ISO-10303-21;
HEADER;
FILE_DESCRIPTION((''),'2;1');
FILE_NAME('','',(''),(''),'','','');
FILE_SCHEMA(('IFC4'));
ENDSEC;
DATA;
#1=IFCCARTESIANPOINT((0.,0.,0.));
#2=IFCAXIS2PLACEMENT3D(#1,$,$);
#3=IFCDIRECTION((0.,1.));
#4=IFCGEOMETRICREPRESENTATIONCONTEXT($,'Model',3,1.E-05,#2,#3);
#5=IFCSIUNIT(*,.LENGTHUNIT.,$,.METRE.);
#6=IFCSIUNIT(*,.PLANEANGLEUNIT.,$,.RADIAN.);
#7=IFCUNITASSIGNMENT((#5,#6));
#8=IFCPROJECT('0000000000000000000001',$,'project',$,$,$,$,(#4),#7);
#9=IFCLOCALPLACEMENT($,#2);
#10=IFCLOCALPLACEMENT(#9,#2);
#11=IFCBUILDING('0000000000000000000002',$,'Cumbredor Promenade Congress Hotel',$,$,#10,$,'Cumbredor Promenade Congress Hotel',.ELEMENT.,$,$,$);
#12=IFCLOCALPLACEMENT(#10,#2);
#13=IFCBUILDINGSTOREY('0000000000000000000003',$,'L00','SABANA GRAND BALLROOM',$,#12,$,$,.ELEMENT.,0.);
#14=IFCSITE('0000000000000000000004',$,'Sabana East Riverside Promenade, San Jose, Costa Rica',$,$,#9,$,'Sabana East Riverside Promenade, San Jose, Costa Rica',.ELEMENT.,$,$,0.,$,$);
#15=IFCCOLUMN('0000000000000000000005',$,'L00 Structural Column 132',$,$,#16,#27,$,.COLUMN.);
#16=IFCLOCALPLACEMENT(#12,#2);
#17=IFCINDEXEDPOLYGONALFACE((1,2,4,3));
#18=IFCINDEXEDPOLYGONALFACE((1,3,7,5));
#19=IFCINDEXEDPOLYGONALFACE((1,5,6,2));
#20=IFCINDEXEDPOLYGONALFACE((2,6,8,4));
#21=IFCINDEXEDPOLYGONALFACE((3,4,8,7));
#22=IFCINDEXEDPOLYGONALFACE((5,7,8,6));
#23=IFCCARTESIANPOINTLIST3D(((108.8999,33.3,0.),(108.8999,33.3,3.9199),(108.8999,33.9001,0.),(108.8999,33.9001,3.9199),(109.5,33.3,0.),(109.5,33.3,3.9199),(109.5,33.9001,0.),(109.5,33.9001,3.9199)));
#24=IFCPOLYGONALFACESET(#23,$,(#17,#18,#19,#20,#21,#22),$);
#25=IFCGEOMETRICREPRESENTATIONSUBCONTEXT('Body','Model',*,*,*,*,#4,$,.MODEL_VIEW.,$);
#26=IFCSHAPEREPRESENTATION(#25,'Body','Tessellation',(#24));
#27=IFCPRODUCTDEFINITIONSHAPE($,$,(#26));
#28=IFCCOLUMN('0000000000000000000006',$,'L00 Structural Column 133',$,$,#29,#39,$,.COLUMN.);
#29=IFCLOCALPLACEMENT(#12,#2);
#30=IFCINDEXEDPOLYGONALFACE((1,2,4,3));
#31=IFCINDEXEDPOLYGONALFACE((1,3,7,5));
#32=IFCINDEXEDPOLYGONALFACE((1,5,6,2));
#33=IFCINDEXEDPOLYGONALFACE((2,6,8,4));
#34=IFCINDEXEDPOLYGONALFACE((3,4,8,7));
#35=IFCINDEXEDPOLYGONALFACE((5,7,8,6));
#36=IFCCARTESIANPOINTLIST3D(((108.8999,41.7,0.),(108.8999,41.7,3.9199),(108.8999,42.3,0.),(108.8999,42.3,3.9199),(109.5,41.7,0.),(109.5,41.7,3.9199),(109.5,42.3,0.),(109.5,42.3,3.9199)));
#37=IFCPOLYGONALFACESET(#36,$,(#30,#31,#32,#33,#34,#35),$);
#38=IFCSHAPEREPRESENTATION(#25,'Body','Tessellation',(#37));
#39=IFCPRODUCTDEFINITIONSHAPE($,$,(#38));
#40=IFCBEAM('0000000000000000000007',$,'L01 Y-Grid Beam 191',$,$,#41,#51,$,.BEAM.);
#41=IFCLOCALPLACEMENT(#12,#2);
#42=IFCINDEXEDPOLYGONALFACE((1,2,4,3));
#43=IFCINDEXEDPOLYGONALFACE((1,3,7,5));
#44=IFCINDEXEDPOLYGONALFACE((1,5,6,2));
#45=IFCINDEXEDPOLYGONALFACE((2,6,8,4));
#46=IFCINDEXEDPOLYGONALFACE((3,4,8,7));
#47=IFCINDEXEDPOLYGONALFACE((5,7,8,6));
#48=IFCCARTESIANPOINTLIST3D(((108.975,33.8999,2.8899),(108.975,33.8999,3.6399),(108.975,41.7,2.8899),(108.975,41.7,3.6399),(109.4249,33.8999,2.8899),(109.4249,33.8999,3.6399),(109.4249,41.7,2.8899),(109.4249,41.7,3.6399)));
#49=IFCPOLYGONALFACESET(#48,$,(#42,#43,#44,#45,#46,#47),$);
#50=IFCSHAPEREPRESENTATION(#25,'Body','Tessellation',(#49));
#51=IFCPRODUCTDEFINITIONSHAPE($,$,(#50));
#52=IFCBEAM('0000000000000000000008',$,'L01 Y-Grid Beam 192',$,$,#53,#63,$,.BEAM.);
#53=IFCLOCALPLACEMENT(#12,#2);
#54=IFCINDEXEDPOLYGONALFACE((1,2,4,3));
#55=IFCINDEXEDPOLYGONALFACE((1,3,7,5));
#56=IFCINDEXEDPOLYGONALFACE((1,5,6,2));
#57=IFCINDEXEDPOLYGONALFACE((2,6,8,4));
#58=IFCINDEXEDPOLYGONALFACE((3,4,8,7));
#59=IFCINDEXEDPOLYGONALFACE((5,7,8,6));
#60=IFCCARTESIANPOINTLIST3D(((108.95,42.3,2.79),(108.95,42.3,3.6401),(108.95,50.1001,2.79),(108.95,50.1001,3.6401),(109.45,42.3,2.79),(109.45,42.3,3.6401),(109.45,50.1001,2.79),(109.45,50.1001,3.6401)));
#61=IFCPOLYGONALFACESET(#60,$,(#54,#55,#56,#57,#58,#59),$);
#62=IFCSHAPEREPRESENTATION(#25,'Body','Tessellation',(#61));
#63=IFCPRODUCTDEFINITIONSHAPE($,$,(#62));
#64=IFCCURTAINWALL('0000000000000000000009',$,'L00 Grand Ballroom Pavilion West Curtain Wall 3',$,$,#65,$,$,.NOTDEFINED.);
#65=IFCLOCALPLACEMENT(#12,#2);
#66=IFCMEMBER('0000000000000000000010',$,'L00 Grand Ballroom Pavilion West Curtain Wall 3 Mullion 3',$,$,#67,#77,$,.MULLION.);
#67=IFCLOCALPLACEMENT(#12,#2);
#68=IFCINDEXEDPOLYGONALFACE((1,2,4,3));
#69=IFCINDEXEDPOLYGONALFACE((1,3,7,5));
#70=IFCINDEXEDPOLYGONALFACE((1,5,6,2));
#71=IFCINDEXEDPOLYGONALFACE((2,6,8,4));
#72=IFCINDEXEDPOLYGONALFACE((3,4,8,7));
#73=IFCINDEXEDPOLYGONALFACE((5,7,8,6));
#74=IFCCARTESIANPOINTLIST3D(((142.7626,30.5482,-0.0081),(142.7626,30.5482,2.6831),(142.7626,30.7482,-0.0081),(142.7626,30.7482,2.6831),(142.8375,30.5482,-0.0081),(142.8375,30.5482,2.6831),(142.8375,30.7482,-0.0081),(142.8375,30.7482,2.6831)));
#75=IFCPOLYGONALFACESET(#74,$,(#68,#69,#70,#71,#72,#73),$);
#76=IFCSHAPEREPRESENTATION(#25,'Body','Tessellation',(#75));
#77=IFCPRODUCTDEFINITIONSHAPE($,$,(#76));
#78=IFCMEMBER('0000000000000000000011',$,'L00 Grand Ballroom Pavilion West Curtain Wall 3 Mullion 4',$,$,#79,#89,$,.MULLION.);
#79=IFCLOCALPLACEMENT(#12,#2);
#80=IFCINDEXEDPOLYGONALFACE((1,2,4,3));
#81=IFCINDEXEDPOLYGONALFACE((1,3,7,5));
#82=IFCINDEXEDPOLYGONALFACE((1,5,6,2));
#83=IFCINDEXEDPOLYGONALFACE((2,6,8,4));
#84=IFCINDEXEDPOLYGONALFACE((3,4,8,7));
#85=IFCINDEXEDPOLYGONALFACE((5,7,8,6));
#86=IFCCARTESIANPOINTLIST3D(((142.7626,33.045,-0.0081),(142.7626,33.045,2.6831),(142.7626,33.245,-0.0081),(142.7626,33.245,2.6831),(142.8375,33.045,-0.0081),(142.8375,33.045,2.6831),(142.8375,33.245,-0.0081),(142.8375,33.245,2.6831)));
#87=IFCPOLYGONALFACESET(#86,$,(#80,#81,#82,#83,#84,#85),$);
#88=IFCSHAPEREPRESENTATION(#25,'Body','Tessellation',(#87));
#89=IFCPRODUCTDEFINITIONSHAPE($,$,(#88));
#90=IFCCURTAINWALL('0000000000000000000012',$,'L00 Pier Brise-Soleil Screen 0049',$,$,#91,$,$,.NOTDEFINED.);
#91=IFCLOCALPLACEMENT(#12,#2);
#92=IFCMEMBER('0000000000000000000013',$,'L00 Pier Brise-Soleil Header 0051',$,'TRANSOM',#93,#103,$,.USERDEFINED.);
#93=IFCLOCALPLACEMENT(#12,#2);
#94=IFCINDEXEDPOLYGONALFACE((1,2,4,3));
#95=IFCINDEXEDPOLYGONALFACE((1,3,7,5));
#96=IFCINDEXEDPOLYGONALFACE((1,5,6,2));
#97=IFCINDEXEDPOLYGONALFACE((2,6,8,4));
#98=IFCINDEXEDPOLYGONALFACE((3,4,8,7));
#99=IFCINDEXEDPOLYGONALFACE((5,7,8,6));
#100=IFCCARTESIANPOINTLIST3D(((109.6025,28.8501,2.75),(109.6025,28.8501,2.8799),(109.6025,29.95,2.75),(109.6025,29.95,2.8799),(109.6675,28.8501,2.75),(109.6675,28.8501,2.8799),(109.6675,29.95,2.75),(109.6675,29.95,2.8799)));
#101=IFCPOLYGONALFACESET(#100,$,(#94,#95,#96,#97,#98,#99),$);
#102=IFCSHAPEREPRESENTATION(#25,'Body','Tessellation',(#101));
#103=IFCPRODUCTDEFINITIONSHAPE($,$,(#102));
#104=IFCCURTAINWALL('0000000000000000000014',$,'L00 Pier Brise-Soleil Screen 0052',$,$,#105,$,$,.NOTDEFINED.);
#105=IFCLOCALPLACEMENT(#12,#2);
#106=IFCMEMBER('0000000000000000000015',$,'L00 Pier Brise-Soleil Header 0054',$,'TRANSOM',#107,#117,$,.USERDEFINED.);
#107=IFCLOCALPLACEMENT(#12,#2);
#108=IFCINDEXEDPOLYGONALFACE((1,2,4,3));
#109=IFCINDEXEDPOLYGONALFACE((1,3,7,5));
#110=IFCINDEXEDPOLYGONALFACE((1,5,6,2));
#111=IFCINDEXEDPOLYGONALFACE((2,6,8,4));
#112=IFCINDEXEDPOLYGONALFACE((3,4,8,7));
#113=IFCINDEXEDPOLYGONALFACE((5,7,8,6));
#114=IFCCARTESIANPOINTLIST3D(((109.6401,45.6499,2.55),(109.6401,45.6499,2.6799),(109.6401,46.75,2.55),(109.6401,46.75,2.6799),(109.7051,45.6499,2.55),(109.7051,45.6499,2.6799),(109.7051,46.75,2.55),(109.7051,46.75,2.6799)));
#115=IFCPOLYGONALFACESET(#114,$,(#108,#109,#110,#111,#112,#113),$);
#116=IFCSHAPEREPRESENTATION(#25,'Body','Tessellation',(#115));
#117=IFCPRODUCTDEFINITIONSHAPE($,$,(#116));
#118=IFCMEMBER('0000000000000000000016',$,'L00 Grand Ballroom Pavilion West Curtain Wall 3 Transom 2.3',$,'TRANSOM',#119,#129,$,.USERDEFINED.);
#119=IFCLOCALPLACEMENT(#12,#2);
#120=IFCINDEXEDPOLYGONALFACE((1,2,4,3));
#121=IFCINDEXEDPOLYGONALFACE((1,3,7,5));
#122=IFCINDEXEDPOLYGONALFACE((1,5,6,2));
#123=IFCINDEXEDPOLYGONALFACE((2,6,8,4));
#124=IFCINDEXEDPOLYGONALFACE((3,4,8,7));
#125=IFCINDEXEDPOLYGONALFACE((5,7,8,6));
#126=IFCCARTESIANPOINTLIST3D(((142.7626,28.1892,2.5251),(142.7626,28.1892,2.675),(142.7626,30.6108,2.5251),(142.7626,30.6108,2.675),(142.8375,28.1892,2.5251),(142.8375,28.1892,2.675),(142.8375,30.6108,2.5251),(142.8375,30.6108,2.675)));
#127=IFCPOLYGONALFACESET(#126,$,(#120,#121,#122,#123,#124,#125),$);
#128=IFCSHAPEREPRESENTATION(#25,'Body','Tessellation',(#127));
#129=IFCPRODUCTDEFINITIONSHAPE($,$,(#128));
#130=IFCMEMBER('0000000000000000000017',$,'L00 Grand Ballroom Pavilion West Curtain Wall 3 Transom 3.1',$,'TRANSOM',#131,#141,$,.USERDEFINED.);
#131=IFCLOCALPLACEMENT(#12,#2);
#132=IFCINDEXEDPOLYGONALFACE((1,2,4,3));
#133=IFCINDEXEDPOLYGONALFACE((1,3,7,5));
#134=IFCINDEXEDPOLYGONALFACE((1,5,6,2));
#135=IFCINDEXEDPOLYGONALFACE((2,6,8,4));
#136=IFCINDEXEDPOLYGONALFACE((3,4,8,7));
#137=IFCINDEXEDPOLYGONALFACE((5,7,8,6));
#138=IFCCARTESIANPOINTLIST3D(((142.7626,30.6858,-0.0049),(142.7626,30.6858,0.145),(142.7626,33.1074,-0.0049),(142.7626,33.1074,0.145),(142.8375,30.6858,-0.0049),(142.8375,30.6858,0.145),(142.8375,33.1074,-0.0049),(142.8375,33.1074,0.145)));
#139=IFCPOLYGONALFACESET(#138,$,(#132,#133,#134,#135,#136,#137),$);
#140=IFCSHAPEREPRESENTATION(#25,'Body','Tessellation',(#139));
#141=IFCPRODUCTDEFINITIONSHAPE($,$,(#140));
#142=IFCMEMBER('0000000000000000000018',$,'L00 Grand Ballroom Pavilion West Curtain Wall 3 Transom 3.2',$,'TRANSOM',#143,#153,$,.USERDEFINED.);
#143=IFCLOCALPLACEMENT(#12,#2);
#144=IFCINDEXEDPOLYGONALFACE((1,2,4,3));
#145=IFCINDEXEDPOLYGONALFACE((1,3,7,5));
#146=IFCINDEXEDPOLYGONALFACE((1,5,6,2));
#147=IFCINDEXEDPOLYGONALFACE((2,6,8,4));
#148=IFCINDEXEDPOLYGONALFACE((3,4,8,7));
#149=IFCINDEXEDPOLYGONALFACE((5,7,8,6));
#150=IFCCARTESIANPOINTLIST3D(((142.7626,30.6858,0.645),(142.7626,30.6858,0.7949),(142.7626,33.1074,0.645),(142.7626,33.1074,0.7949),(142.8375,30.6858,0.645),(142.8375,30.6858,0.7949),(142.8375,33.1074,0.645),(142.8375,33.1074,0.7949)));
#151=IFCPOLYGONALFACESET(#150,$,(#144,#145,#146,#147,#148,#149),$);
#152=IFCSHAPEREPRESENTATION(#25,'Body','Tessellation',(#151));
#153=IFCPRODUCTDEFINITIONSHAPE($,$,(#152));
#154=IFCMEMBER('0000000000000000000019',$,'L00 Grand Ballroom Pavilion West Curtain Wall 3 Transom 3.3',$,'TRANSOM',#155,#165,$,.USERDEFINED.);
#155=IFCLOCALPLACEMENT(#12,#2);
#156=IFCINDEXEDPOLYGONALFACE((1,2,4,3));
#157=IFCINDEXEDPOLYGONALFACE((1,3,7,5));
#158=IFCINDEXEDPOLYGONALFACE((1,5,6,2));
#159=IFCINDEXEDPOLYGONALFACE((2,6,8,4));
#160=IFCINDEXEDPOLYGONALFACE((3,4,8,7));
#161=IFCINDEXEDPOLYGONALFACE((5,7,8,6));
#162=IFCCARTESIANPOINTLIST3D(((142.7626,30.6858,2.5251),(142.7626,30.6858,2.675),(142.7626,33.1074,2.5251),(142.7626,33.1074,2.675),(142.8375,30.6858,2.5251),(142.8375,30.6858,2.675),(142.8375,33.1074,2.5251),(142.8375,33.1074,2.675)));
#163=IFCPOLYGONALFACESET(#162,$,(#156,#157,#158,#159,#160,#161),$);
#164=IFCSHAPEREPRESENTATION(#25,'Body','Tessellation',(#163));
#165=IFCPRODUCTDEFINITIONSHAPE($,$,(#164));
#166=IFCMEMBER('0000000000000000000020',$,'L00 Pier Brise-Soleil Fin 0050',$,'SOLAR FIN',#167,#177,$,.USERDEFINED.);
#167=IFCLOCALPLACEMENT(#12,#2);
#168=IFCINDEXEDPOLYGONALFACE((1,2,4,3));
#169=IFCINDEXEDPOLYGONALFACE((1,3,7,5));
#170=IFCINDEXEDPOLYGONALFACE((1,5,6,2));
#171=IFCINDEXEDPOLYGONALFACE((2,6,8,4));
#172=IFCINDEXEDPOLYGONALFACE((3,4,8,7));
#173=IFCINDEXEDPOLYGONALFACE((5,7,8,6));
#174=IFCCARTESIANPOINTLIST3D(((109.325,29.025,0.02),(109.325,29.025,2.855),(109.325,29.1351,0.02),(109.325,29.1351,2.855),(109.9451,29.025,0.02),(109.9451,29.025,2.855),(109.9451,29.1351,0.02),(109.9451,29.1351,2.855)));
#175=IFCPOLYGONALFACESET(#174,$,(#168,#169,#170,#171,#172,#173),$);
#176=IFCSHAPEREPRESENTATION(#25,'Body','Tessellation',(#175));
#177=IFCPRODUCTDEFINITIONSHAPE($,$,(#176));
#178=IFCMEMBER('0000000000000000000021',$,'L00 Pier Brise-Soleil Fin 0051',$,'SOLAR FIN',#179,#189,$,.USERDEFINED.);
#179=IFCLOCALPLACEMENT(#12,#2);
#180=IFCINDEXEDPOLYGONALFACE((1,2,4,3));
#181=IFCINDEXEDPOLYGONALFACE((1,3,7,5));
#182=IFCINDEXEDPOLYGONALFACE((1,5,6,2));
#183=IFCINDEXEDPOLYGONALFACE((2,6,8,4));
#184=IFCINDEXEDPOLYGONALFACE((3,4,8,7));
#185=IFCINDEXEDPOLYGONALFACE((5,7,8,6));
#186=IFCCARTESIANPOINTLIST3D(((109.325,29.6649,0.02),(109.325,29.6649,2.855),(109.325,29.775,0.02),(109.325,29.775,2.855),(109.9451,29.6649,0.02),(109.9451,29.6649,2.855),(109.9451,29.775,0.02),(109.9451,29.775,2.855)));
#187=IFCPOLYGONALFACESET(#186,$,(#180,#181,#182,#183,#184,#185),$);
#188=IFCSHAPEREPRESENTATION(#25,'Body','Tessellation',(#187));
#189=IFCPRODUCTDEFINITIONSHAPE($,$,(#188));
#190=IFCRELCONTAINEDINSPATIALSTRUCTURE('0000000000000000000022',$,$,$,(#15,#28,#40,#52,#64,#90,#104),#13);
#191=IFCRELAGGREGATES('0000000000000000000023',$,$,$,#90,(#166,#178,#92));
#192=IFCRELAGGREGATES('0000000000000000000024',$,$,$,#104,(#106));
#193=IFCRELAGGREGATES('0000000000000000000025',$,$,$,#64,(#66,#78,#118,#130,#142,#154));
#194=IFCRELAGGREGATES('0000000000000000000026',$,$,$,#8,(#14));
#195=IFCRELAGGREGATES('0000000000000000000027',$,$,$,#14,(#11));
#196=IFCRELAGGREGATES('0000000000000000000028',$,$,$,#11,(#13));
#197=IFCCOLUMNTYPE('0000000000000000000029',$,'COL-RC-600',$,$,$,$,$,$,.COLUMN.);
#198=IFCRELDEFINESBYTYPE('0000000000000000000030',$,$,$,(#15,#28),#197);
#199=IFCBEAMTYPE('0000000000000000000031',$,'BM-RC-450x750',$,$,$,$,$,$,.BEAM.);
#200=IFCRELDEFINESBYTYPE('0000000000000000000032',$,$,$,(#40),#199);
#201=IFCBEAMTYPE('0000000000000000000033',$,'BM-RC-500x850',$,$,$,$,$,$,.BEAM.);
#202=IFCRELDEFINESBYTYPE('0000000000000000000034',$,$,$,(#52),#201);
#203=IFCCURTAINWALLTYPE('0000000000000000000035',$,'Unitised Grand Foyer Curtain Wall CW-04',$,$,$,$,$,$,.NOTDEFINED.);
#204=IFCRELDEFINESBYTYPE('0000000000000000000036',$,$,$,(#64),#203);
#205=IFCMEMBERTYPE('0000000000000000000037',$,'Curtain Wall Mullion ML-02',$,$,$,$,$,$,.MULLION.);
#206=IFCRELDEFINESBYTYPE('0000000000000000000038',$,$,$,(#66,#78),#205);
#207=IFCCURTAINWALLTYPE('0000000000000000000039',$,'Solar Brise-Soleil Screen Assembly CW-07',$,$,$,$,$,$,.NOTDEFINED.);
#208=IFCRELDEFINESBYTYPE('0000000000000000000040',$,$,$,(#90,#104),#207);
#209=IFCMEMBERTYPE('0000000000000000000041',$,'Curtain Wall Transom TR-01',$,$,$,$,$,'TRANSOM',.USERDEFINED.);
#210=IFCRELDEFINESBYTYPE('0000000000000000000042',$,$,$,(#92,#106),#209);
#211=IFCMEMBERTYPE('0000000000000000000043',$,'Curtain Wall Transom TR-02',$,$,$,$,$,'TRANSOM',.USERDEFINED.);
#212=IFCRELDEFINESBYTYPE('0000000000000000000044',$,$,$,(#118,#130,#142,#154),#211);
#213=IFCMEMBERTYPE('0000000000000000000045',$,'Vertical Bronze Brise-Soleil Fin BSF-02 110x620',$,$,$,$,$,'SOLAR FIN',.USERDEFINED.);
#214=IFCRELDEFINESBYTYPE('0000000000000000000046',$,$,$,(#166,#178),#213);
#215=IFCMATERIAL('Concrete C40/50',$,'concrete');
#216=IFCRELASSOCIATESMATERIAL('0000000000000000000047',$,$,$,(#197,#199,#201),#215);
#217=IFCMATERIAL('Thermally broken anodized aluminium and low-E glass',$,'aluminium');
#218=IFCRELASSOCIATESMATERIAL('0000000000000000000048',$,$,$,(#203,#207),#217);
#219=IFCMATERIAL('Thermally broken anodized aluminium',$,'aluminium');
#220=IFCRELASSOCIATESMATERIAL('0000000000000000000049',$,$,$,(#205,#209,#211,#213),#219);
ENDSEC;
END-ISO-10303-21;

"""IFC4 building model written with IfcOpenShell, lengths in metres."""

from ifc_helpers import new_model, si_unit, direction, frame, origin, origin_2d, place, context, subcontext, project, spatial, rectangle, extrude, material, material_profile, profile_set, type_object, element, aggregate, save


model = new_model("IFC4")

# Units and contexts
model_context = context("Model", 3, precision=1e-05, world=origin(), true_north=direction((0.0, 1.0)))
body_context = subcontext(model_context, "Body", "Model", "MODEL_VIEW")
ifc_project = project(units=[si_unit("LENGTHUNIT", "METRE"), si_unit("PLANEANGLEUNIT", "RADIAN")], contexts=[model_context])

# Site, building, storey
site_placement = place(None, origin())
site = spatial("IfcSite", under=ifc_project, at=site_placement, Name="Sabana East Riverside Promenade, San Jose, Costa Rica", LongName="Sabana East Riverside Promenade, San Jose, Costa Rica", CompositionType="ELEMENT", RefElevation=0.0)
building_placement = place(site_placement, origin())
building = spatial("IfcBuilding", under=site, at=building_placement, Name="Cumbredor Promenade Congress Hotel", LongName="Cumbredor Promenade Congress Hotel", CompositionType="ELEMENT")
storey_placement = place(building_placement, origin())
storey = spatial("IfcBuildingStorey", under=building, at=storey_placement, Name="L00", Description="SABANA GRAND BALLROOM", CompositionType="ELEMENT", Elevation=0.0)

# Columns
ifc_material_1 = material(Name="Concrete C40/50", Category="concrete")
ifc_material_profile_1 = material_profile(ifc_material_1, rectangle(XDim=0.6001, YDim=0.6001, at=origin_2d()), Name="RC 600x600")
ifc_profile_set_1 = profile_set([ifc_material_profile_1], Name="Concrete C40/50")
column_type = type_object("IfcColumnType", Name="COL-RC-600", PredefinedType="COLUMN", material=ifc_profile_set_1)
for number, where, z_axis, x_axis, name in (
    (1, (109.2, 33.6001, 0.0), (0.0, 0.0, 1.0), (1.0, 0.0, 0.0), "L00 Structural Column 132"),
    (2, (109.2, 42.0, 0.0), (0.0, 0.0, 1.0), (1.0, 0.0, 0.0), "L00 Structural Column 133"),
):
    element("IfcColumn", number, at=place(storey_placement, frame(where, z_axis=z_axis, x_axis=x_axis)), inside=storey, type_object=column_type, Name=name, PredefinedType="COLUMN", context=body_context, shape_type="SweptSolid", body=[
        extrude(rectangle(XDim=0.6001, YDim=0.6001, at=origin_2d()), origin(), (0.0, 0.0, 1.0), 3.9199),
    ])

# Beams
ifc_material_profile_2 = material_profile(ifc_material_1, rectangle(XDim=0.45, YDim=0.75, at=origin_2d()), Name="RC BEAM 450x750")
ifc_profile_set_2 = profile_set([ifc_material_profile_2], Name="Concrete C40/50")
beam_type_1 = type_object("IfcBeamType", Name="BM-RC-450x750", PredefinedType="BEAM", material=ifc_profile_set_2)
beam_1_placement = place(storey_placement, frame((109.2, 33.8999, 3.2649), z_axis=(0.0, 1.0, 0.0), x_axis=(-1.0, 0.0, 0.0)))
element("IfcBeam", 3, at=beam_1_placement, inside=storey, type_object=beam_type_1, Name="L01 Y-Grid Beam 191", PredefinedType="BEAM", context=body_context, shape_type="SweptSolid", body=[
    extrude(rectangle(XDim=0.45, YDim=0.75, at=origin_2d()), origin(), (0.0, 0.0, 1.0), 7.8),
])
ifc_material_profile_3 = material_profile(ifc_material_1, rectangle(XDim=0.5, YDim=0.8501, at=origin_2d()), Name="RC BEAM 500x850")
ifc_profile_set_3 = profile_set([ifc_material_profile_3], Name="Concrete C40/50")
beam_type_2 = type_object("IfcBeamType", Name="BM-RC-500x850", PredefinedType="BEAM", material=ifc_profile_set_3)
beam_2_placement = place(storey_placement, frame((109.2, 42.3, 3.2151), z_axis=(0.0, 1.0, 0.0), x_axis=(-1.0, 0.0, 0.0)))
element("IfcBeam", 4, at=beam_2_placement, inside=storey, type_object=beam_type_2, Name="L01 Y-Grid Beam 192", PredefinedType="BEAM", context=body_context, shape_type="SweptSolid", body=[
    extrude(rectangle(XDim=0.5, YDim=0.8501, at=origin_2d()), origin(), (0.0, 0.0, 1.0), 7.8),
])

# Curtain wall, members
ifc_material_2 = material(Name="Thermally broken anodized aluminium and low-E glass", Category="aluminium")
curtain_wall_type_1 = type_object("IfcCurtainWallType", Name="Unitised Grand Foyer Curtain Wall CW-04", PredefinedType="NOTDEFINED", material=ifc_material_2)
curtain_wall_1_placement = place(storey_placement, origin())
curtain_wall_1 = element("IfcCurtainWall", 5, at=curtain_wall_1_placement, inside=storey, type_object=curtain_wall_type_1, Name="L00 Grand Ballroom Pavilion West Curtain Wall 3", PredefinedType="NOTDEFINED")
ifc_material_3 = material(Name="Thermally broken anodized aluminium", Category="aluminium")
ifc_material_profile_4 = material_profile(ifc_material_3, rectangle(XDim=0.075, YDim=0.2, at=origin_2d()), Name="ALU MULLION 75x200")
ifc_profile_set_4 = profile_set([ifc_material_profile_4], Name="Thermally broken anodized aluminium")
member_type_1 = type_object("IfcMemberType", Name="Curtain Wall Mullion ML-02", PredefinedType="MULLION", material=ifc_profile_set_4)
member_1_placement = place(storey_placement, frame((142.8, 30.6482, -0.0081), z_axis=(0.0, 0.0, 1.0), x_axis=(1.0, 0.0, 0.0)))
member_1 = element("IfcMember", 6, at=member_1_placement, type_object=member_type_1, Name="L00 Grand Ballroom Pavilion West Curtain Wall 3 Mullion 3", PredefinedType="MULLION", context=body_context, shape_type="SweptSolid", body=[
    extrude(rectangle(XDim=0.075, YDim=0.2, at=origin_2d()), origin(), (0.0, 0.0, 1.0), 2.6912),
])
member_2_placement = place(storey_placement, frame((142.8, 33.145, -0.0081), z_axis=(0.0, 0.0, 1.0), x_axis=(1.0, 0.0, 0.0)))
member_2 = element("IfcMember", 7, at=member_2_placement, type_object=member_type_1, Name="L00 Grand Ballroom Pavilion West Curtain Wall 3 Mullion 4", PredefinedType="MULLION", context=body_context, shape_type="SweptSolid", body=[
    extrude(rectangle(XDim=0.075, YDim=0.2, at=origin_2d()), origin(), (0.0, 0.0, 1.0), 2.6912),
])

# Curtain walls, members
curtain_wall_type_2 = type_object("IfcCurtainWallType", Name="Solar Brise-Soleil Screen Assembly CW-07", PredefinedType="NOTDEFINED", material=ifc_material_2)
curtain_wall_2_placement = place(storey_placement, origin())
curtain_wall_2 = element("IfcCurtainWall", 8, at=curtain_wall_2_placement, inside=storey, type_object=curtain_wall_type_2, Name="L00 Pier Brise-Soleil Screen 0049", PredefinedType="NOTDEFINED")
ifc_material_profile_5 = material_profile(ifc_material_3, rectangle(XDim=0.0649, YDim=0.1299, at=origin_2d()), Name="ALU TRANSOM 65x130")
ifc_profile_set_5 = profile_set([ifc_material_profile_5], Name="Thermally broken anodized aluminium")
member_type_2 = type_object("IfcMemberType", Name="Curtain Wall Transom TR-01", ElementType="TRANSOM", PredefinedType="USERDEFINED", material=ifc_profile_set_5)
member_3_placement = place(storey_placement, frame((109.635, 28.8501, 2.8149), z_axis=(0.0, 1.0, 0.0), x_axis=(-1.0, 0.0, 0.0)))
member_3 = element("IfcMember", 9, at=member_3_placement, type_object=member_type_2, Name="L00 Pier Brise-Soleil Header 0051", ObjectType="TRANSOM", PredefinedType="USERDEFINED", context=body_context, shape_type="SweptSolid", body=[
    extrude(rectangle(XDim=0.0649, YDim=0.1299, at=origin_2d()), origin(), (0.0, 0.0, 1.0), 1.0999),
])
curtain_wall_3_placement = place(storey_placement, origin())
curtain_wall_3 = element("IfcCurtainWall", 10, at=curtain_wall_3_placement, inside=storey, type_object=curtain_wall_type_2, Name="L00 Pier Brise-Soleil Screen 0052", PredefinedType="NOTDEFINED")
member_4_placement = place(storey_placement, frame((109.6726, 45.6499, 2.615), z_axis=(0.0, 1.0, 0.0), x_axis=(-1.0, 0.0, 0.0)))
member_4 = element("IfcMember", 11, at=member_4_placement, type_object=member_type_2, Name="L00 Pier Brise-Soleil Header 0054", ObjectType="TRANSOM", PredefinedType="USERDEFINED", context=body_context, shape_type="SweptSolid", body=[
    extrude(rectangle(XDim=0.0649, YDim=0.1299, at=origin_2d()), origin(), (0.0, 0.0, 1.0), 1.1001),
])

# Members
ifc_material_profile_6 = material_profile(ifc_material_3, rectangle(XDim=0.075, YDim=0.1499, at=origin_2d()), Name="ALU TRANSOM 75x150")
ifc_profile_set_6 = profile_set([ifc_material_profile_6], Name="Thermally broken anodized aluminium")
member_type_3 = type_object("IfcMemberType", Name="Curtain Wall Transom TR-02", ElementType="TRANSOM", PredefinedType="USERDEFINED", material=ifc_profile_set_6)
member_5_placement = place(storey_placement, frame((142.8, 28.1892, 2.6001), z_axis=(0.0, 1.0, 0.0), x_axis=(-1.0, 0.0, 0.0)))
member_5 = element("IfcMember", 12, at=member_5_placement, type_object=member_type_3, Name="L00 Grand Ballroom Pavilion West Curtain Wall 3 Transom 2.3", ObjectType="TRANSOM", PredefinedType="USERDEFINED", context=body_context, shape_type="SweptSolid", body=[
    extrude(rectangle(XDim=0.075, YDim=0.1499, at=origin_2d()), origin(), (0.0, 0.0, 1.0), 2.4216),
])
member_6_placement = place(storey_placement, frame((142.8, 30.6858, 0.0701), z_axis=(0.0, 1.0, 0.0), x_axis=(-1.0, 0.0, 0.0)))
member_6 = element("IfcMember", 13, at=member_6_placement, type_object=member_type_3, Name="L00 Grand Ballroom Pavilion West Curtain Wall 3 Transom 3.1", ObjectType="TRANSOM", PredefinedType="USERDEFINED", context=body_context, shape_type="SweptSolid", body=[
    extrude(rectangle(XDim=0.075, YDim=0.1499, at=origin_2d()), origin(), (0.0, 0.0, 1.0), 2.4216),
])
member_7_placement = place(storey_placement, frame((142.8, 30.6858, 0.72), z_axis=(0.0, 1.0, 0.0), x_axis=(-1.0, 0.0, 0.0)))
member_7 = element("IfcMember", 14, at=member_7_placement, type_object=member_type_3, Name="L00 Grand Ballroom Pavilion West Curtain Wall 3 Transom 3.2", ObjectType="TRANSOM", PredefinedType="USERDEFINED", context=body_context, shape_type="SweptSolid", body=[
    extrude(rectangle(XDim=0.075, YDim=0.1499, at=origin_2d()), origin(), (0.0, 0.0, 1.0), 2.4216),
])
member_8_placement = place(storey_placement, frame((142.8, 30.6858, 2.6001), z_axis=(0.0, 1.0, 0.0), x_axis=(-1.0, 0.0, 0.0)))
member_8 = element("IfcMember", 15, at=member_8_placement, type_object=member_type_3, Name="L00 Grand Ballroom Pavilion West Curtain Wall 3 Transom 3.3", ObjectType="TRANSOM", PredefinedType="USERDEFINED", context=body_context, shape_type="SweptSolid", body=[
    extrude(rectangle(XDim=0.075, YDim=0.1499, at=origin_2d()), origin(), (0.0, 0.0, 1.0), 2.4216),
])
ifc_material_profile_7 = material_profile(ifc_material_3, rectangle(XDim=0.1101, YDim=0.6201, at=origin_2d()), Name="ARCH FIN 110x620")
ifc_profile_set_7 = profile_set([ifc_material_profile_7], Name="Thermally broken anodized aluminium")
member_type_4 = type_object("IfcMemberType", Name="Vertical Bronze Brise-Soleil Fin BSF-02 110x620", ElementType="SOLAR FIN", PredefinedType="USERDEFINED", material=ifc_profile_set_7)
member_9_placement = place(storey_placement, frame((109.635, 29.0801, 0.02), z_axis=(0.0, 0.0, 1.0), x_axis=(0.0, 1.0, 0.0)))
member_9 = element("IfcMember", 16, at=member_9_placement, type_object=member_type_4, Name="L00 Pier Brise-Soleil Fin 0050", ObjectType="SOLAR FIN", PredefinedType="USERDEFINED", context=body_context, shape_type="SweptSolid", body=[
    extrude(rectangle(XDim=0.1101, YDim=0.6201, at=origin_2d()), origin(), (0.0, 0.0, 1.0), 2.835),
])
member_10_placement = place(storey_placement, frame((109.635, 29.72, 0.02), z_axis=(0.0, 0.0, 1.0), x_axis=(0.0, 1.0, 0.0)))
member_10 = element("IfcMember", 17, at=member_10_placement, type_object=member_type_4, Name="L00 Pier Brise-Soleil Fin 0051", ObjectType="SOLAR FIN", PredefinedType="USERDEFINED", context=body_context, shape_type="SweptSolid", body=[
    extrude(rectangle(XDim=0.1101, YDim=0.6201, at=origin_2d()), origin(), (0.0, 0.0, 1.0), 2.835),
])
aggregate(curtain_wall_2, [member_9, member_10, member_3])
aggregate(curtain_wall_3, [member_4])

aggregate(curtain_wall_1, [member_1, member_2, member_5, member_6, member_7, member_8])

save(model, "model.ifc")
